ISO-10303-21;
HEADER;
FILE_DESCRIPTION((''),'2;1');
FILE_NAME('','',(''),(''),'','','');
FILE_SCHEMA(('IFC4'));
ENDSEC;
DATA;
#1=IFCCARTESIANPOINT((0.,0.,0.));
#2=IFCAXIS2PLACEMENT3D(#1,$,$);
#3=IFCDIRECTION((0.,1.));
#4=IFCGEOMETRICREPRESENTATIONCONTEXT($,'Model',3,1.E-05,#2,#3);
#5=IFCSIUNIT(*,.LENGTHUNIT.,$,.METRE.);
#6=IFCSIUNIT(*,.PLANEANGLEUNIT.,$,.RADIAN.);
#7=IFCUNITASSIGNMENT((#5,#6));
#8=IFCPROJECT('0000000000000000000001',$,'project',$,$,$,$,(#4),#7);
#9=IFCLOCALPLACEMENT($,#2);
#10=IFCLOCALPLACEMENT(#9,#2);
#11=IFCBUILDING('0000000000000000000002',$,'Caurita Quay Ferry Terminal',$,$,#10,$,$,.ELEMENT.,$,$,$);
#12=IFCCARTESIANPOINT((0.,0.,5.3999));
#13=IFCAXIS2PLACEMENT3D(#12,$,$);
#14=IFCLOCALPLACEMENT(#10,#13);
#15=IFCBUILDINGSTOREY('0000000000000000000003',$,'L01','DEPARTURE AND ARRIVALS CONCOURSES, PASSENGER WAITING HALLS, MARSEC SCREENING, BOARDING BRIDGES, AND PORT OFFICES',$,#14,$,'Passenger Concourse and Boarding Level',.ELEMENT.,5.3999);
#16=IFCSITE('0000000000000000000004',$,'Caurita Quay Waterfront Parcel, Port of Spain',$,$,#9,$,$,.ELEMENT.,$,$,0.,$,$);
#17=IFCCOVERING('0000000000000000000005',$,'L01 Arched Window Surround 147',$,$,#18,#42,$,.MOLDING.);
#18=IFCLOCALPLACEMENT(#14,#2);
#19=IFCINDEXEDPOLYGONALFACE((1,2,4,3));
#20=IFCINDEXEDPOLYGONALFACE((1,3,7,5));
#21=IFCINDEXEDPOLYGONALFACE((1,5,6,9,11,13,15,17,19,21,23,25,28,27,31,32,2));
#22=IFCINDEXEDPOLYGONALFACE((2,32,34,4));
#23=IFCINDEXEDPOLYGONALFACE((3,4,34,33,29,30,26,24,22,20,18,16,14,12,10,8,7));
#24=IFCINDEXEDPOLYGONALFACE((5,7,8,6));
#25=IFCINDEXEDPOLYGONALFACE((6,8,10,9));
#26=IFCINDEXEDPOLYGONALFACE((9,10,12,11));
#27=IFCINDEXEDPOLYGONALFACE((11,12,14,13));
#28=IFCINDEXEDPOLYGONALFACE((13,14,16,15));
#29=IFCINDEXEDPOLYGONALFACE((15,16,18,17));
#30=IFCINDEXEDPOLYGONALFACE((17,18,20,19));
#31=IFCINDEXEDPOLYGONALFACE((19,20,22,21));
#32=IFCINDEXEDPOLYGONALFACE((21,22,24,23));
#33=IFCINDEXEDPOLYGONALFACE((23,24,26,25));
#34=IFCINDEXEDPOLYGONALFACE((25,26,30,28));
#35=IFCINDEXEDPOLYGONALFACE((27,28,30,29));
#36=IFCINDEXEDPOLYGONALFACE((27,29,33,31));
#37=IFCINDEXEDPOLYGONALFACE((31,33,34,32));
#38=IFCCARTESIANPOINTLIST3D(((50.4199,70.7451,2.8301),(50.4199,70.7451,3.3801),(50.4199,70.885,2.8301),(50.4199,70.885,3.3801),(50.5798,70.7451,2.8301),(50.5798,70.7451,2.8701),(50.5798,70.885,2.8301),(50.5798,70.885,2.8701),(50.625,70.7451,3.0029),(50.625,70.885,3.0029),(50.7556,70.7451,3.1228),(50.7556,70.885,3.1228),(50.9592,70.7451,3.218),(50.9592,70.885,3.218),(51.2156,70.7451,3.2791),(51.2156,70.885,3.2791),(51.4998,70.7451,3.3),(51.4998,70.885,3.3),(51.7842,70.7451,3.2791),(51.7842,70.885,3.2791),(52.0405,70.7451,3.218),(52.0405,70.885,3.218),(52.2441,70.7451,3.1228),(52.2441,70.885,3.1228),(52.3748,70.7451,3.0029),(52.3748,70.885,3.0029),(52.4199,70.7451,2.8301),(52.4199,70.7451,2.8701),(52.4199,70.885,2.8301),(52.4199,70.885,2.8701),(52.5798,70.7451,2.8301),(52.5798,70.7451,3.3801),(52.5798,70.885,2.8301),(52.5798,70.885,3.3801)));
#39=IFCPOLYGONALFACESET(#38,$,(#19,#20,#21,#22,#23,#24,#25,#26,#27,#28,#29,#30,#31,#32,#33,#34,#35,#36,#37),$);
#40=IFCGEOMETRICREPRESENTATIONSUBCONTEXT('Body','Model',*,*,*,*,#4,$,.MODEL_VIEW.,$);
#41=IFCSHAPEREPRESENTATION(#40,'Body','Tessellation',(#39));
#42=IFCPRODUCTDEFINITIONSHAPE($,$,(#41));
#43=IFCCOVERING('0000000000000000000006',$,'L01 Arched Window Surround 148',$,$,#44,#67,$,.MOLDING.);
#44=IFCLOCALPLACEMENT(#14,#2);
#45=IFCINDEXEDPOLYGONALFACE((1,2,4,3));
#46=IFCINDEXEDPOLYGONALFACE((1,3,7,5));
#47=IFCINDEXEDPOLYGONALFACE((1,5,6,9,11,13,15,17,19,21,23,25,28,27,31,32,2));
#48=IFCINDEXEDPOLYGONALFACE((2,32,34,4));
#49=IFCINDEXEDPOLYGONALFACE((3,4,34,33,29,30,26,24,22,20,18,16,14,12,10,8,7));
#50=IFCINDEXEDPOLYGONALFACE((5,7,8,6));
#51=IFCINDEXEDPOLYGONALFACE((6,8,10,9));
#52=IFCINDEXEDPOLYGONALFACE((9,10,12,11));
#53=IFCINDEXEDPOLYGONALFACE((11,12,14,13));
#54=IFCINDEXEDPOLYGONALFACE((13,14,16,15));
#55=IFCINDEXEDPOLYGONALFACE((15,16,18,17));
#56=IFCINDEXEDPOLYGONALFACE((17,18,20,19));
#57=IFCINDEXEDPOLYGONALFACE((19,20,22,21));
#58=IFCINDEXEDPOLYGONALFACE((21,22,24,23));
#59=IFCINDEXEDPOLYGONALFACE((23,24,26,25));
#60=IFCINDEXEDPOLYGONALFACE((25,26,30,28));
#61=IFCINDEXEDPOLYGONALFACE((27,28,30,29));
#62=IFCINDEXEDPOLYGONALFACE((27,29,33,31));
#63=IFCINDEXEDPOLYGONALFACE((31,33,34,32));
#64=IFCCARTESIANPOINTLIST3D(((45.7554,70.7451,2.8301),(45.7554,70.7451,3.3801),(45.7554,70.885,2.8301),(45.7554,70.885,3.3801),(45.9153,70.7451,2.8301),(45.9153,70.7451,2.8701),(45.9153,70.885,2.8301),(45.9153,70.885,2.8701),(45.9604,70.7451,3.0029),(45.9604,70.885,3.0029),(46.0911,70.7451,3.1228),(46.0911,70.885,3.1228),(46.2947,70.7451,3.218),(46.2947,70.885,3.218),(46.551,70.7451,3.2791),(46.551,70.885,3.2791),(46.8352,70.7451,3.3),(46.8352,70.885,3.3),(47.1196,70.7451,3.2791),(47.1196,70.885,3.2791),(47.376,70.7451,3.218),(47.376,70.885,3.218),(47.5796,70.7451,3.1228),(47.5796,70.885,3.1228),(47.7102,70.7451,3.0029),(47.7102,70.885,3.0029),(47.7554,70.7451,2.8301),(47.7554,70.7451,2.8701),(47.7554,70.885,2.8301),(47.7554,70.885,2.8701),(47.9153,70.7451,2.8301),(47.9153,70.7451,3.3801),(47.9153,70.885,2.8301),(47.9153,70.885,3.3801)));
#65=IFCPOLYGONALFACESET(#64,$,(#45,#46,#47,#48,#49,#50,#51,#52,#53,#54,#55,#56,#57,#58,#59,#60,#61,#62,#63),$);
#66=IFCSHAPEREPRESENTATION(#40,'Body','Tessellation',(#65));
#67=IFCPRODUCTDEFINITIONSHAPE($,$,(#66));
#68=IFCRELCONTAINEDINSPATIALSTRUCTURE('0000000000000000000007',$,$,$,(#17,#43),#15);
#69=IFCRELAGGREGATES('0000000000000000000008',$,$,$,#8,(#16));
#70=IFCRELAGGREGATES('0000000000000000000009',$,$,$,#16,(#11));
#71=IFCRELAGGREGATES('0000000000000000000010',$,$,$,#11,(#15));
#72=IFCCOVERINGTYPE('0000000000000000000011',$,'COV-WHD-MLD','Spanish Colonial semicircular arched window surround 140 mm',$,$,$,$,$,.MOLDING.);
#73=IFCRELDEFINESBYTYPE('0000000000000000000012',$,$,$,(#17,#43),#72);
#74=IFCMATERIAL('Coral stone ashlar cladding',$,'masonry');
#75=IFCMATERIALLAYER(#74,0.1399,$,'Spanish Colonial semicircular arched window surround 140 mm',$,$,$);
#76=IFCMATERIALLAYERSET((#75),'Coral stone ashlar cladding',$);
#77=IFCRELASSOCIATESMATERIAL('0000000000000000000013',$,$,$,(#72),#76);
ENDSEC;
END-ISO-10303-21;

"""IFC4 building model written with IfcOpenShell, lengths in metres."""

from ifc_helpers import new_model, si_unit, direction, frame, origin, place, context, subcontext, project, spatial, polyline, outline, extrude, material, layer, layer_set, type_object, element, save


model = new_model("IFC4")

# Units and contexts
model_context = context("Model", 3, precision=1e-05, world=origin(), true_north=direction((0.0, 1.0)))
body_context = subcontext(model_context, "Body", "Model", "MODEL_VIEW")
ifc_project = project(units=[si_unit("LENGTHUNIT", "METRE"), si_unit("PLANEANGLEUNIT", "RADIAN")], contexts=[model_context])

# Site, building, storey
site_placement = place(None, origin())
site = spatial("IfcSite", under=ifc_project, at=site_placement, Name="Caurita Quay Waterfront Parcel, Port of Spain", CompositionType="ELEMENT", RefElevation=0.0)
building_placement = place(site_placement, origin())
building = spatial("IfcBuilding", under=site, at=building_placement, Name="Caurita Quay Ferry Terminal", CompositionType="ELEMENT")
storey_placement = place(building_placement, frame((0.0, 0.0, 5.3999)))
storey = spatial("IfcBuildingStorey", under=building, at=storey_placement, Name="L01", Description="DEPARTURE AND ARRIVALS CONCOURSES, PASSENGER WAITING HALLS, MARSEC SCREENING, BOARDING BRIDGES, AND PORT OFFICES", LongName="Passenger Concourse and Boarding Level", CompositionType="ELEMENT", Elevation=5.3999)

# Coverings
ifc_material_1 = material(Name="Coral stone ashlar cladding", Category="masonry")
ifc_layer_1 = layer(ifc_material_1, 0.1399, Name="Spanish Colonial semicircular arched window surround 140 mm")
ifc_layer_set_1 = layer_set([ifc_layer_1], Name="Coral stone ashlar cladding")
covering_type_1 = type_object("IfcCoveringType", Name="COV-WHD-MLD", Description="Spanish Colonial semicircular arched window surround 140 mm", PredefinedType="MOLDING", material=ifc_layer_set_1)
for number, where, z_axis, x_axis, name in (
    (1, (52.5798, 70.8149, 2.8301), (0.0, 0.0, 1.0), (-1.0, 0.0, 0.0), "L01 Arched Window Surround 147"),
    (2, (47.9153, 70.8149, 2.8301), (0.0, 0.0, 1.0), (-1.0, 0.0, 0.0), "L01 Arched Window Surround 148"),
):
    element("IfcCovering", number, at=place(storey_placement, frame(where, z_axis=z_axis, x_axis=x_axis)), inside=storey, type_object=covering_type_1, Name=name, PredefinedType="MOLDING", context=body_context, shape_type="SweptSolid", body=[
        extrude(outline(polyline([(0.0, 0.0), (0.1599, 0.0), (0.1599, 0.04), (0.2051, 0.1729), (0.3357, 0.2927), (0.5393, 0.3879), (0.7957, 0.449), (1.0801, 0.47), (1.3643, 0.449), (1.6206, 0.3879), (1.8242, 0.2927), (1.9548, 0.1729), (2.0, 0.04), (2.0, 0.0), (2.1599, 0.0), (2.1599, 0.55), (0.0, 0.55), (0.0, 0.0)])), frame((0.0, 0.0698, 0.0), z_axis=(0.0, -1.0, 0.0), x_axis=(1.0, 0.0, 0.0)), (0.0, 0.0, 1.0), 0.1399),
    ])

save(model, "model.ifc")
